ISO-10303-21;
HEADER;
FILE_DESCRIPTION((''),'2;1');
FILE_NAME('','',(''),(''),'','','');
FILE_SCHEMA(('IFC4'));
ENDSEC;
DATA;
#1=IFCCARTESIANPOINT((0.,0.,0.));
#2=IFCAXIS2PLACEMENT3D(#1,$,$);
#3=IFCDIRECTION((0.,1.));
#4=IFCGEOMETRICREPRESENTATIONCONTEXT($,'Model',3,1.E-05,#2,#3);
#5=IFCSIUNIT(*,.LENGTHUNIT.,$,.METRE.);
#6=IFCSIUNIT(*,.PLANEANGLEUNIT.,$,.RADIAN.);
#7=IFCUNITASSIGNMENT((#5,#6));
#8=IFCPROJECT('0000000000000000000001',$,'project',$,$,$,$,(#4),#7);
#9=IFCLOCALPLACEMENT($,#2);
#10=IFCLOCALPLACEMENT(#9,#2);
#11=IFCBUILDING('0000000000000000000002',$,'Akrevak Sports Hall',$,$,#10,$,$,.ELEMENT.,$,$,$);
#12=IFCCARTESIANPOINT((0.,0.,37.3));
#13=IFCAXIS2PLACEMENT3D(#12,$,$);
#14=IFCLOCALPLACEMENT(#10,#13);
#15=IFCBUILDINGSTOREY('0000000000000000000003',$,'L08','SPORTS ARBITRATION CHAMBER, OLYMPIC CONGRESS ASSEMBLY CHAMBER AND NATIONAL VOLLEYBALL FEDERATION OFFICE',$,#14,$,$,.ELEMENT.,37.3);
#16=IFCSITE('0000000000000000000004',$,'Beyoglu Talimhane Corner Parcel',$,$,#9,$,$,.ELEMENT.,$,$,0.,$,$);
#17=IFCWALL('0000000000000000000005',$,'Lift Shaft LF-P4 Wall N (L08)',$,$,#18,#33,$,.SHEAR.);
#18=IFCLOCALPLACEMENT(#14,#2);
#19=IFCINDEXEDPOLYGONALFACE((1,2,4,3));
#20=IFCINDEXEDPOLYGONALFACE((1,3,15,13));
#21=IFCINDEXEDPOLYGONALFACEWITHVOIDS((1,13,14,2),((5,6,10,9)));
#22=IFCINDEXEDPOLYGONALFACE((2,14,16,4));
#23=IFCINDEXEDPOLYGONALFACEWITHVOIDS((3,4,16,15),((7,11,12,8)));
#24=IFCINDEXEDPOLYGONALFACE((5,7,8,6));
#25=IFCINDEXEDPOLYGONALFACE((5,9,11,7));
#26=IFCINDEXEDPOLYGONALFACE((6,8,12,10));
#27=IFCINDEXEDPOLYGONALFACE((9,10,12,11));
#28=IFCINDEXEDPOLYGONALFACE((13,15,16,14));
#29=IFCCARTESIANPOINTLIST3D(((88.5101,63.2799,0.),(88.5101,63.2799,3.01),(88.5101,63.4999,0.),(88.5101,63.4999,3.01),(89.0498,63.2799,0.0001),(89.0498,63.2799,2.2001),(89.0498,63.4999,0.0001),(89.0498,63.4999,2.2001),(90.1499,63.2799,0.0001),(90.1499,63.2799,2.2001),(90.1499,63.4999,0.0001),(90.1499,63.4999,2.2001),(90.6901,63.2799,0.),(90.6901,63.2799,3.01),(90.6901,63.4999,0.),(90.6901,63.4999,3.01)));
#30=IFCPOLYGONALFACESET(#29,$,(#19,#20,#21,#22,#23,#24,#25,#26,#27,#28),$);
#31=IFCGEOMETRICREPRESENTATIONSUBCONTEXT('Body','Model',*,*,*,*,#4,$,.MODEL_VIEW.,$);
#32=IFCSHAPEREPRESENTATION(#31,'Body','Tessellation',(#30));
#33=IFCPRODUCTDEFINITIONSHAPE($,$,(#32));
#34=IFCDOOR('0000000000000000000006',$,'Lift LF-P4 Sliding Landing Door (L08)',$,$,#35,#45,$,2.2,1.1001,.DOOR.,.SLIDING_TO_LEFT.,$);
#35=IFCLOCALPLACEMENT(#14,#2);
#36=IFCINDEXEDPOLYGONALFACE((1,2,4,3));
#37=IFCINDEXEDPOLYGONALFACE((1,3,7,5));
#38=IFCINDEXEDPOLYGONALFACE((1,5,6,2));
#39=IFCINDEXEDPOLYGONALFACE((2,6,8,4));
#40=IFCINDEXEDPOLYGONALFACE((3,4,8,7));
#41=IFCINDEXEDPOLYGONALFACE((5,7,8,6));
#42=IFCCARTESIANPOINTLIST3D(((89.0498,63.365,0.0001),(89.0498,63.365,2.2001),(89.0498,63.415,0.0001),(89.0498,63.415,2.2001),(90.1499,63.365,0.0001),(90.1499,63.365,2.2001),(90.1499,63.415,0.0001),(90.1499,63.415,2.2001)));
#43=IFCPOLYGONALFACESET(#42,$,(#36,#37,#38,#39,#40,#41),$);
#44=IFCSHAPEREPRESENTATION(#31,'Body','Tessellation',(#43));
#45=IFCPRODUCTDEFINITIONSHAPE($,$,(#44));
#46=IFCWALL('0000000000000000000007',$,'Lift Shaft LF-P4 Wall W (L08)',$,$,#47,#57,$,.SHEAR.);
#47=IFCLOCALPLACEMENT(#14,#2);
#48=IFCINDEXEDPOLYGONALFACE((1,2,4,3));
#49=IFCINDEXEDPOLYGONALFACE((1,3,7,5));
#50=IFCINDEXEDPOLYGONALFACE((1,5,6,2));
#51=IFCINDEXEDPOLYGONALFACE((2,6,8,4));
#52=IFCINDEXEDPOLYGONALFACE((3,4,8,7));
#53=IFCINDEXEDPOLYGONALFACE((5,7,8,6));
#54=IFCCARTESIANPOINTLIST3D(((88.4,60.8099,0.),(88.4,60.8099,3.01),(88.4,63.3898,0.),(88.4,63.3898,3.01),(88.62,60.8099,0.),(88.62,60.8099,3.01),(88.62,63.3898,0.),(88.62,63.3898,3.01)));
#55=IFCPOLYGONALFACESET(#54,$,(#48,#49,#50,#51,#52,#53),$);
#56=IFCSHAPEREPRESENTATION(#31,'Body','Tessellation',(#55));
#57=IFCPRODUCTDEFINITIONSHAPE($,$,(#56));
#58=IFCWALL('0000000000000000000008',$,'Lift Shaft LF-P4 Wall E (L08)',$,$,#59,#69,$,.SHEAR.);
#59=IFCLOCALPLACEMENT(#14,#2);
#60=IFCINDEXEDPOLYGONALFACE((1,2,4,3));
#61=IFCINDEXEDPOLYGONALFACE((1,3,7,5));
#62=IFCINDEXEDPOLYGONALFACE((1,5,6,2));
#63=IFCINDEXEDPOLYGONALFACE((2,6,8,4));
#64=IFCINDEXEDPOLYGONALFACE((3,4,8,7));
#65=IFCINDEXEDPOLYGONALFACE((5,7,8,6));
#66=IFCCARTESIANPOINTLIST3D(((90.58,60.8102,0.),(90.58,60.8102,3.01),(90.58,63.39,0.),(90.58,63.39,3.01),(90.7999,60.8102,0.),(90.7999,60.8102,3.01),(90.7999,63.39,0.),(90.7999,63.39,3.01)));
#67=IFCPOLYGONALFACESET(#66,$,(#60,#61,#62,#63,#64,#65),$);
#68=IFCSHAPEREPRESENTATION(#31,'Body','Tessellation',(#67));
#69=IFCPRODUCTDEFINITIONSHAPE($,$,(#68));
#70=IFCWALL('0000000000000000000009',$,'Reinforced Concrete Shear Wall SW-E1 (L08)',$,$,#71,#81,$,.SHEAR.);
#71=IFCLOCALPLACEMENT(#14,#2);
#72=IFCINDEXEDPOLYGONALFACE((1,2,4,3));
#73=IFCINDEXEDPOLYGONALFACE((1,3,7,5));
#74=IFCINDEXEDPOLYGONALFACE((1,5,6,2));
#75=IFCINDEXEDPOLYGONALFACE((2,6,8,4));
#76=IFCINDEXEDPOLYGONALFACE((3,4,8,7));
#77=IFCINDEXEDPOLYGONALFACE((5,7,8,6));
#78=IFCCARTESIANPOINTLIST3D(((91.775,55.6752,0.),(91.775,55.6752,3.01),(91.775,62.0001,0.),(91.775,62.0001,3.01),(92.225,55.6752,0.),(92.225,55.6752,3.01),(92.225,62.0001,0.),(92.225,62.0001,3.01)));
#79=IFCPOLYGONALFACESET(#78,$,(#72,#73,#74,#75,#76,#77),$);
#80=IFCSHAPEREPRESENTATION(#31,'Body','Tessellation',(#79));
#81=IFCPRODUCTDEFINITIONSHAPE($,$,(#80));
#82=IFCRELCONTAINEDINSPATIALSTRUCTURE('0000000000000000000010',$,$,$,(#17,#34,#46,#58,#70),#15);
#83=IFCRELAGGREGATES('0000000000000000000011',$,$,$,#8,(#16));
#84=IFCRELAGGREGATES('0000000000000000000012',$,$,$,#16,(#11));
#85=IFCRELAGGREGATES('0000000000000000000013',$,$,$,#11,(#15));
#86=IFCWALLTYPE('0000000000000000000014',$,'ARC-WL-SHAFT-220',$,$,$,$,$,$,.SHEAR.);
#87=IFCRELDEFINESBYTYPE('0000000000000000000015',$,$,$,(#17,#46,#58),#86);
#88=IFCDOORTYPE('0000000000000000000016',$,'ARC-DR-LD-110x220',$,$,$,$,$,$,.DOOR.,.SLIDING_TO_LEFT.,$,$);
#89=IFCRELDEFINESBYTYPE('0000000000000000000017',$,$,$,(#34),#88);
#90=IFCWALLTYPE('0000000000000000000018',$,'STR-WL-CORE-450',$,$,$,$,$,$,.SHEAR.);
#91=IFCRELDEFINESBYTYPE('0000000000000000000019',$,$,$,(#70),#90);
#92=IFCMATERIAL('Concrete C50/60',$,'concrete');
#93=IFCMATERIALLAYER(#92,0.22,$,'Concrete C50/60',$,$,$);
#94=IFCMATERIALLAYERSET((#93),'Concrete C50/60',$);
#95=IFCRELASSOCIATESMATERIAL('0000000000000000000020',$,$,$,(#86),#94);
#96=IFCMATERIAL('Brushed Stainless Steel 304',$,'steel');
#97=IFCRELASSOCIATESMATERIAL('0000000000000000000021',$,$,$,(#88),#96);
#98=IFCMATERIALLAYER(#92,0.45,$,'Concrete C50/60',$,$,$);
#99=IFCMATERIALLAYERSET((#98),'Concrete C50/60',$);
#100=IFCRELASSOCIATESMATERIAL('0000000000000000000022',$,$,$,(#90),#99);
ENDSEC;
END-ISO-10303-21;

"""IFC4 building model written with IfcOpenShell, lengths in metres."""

from ifc_helpers import new_model, si_unit, direction, frame, frame_2d, origin, place, context, subcontext, project, spatial, rectangle, extrude, material, layer, layer_set, type_object, element, fill, save


model = new_model("IFC4")

# Units and contexts
model_context = context("Model", 3, precision=1e-05, world=origin(), true_north=direction((0.0, 1.0)))
body_context = subcontext(model_context, "Body", "Model", "MODEL_VIEW")
ifc_project = project(units=[si_unit("LENGTHUNIT", "METRE"), si_unit("PLANEANGLEUNIT", "RADIAN")], contexts=[model_context])

# Site, building, storey
site_placement = place(None, origin())
site = spatial("IfcSite", under=ifc_project, at=site_placement, Name="Beyoglu Talimhane Corner Parcel", CompositionType="ELEMENT", RefElevation=0.0)
building_placement = place(site_placement, origin())
building = spatial("IfcBuilding", under=site, at=building_placement, Name="Akrevak Sports Hall", CompositionType="ELEMENT")
storey_placement = place(building_placement, frame((0.0, 0.0, 37.3)))
storey = spatial("IfcBuildingStorey", under=building, at=storey_placement, Name="L08", Description="SPORTS ARBITRATION CHAMBER, OLYMPIC CONGRESS ASSEMBLY CHAMBER AND NATIONAL VOLLEYBALL FEDERATION OFFICE", CompositionType="ELEMENT", Elevation=37.3)

# Shared definitions
ifc_material_1 = material(Name="Concrete C50/60", Category="concrete")

# Shared definitions
ifc_layer_1 = layer(ifc_material_1, 0.22, Name="Concrete C50/60")
ifc_layer_set_1 = layer_set([ifc_layer_1], Name="Concrete C50/60")
wall_type_1 = type_object("IfcWallType", Name="ARC-WL-SHAFT-220", PredefinedType="SHEAR", material=ifc_layer_set_1)

# Shared definitions
ifc_material_2 = material(Name="Brushed Stainless Steel 304", Category="steel")
door_type = type_object("IfcDoorType", Name="ARC-DR-LD-110x220", OperationType="SLIDING_TO_LEFT", PredefinedType="DOOR", material=ifc_material_2)

# Wall, opening, door
wall_1_placement = place(storey_placement, frame((90.6899, 63.3899, 0.0), z_axis=(0.0, 0.0, 1.0), x_axis=(-1.0, 0.0, 0.0)))
wall_1 = element("IfcWall", 1, at=wall_1_placement, inside=storey, type_object=wall_type_1, Name="Lift Shaft LF-P4 Wall N (L08)", PredefinedType="SHEAR", context=body_context, shape_type="SweptSolid", body=[
    extrude(rectangle(XDim=2.1799, YDim=0.22, at=frame_2d((1.0898, 0.0))), origin(), (0.0, 0.0, 1.0), 3.01),
])
opening_1_placement = place(wall_1_placement, frame((0.54, 0.0, 0.0)))
opening_1 = element("IfcOpeningElement", 2, at=opening_1_placement, cuts=wall_1, PredefinedType="OPENING", context=body_context, shape_type="SweptSolid", body=[
    extrude(rectangle(XDim=1.1001, YDim=2.2, at=frame_2d((0.55, 1.1001))), frame((0.0, 0.1221, 0.0), z_axis=(0.0, -1.0, 0.0), x_axis=(1.0, 0.0, 0.0)), (0.0, 0.0, 1.0), 0.2439),
])
door_1_placement = place(opening_1_placement, origin())
door_1 = element("IfcDoor", 3, at=door_1_placement, inside=storey, type_object=door_type, Name="Lift LF-P4 Sliding Landing Door (L08)", OperationType="SLIDING_TO_LEFT", OverallHeight=2.2, OverallWidth=1.1001, PredefinedType="DOOR", context=body_context, shape_type="SweptSolid", body=[
    extrude(rectangle(XDim=1.1001, YDim=2.2, at=frame_2d((0.55, 1.1001))), frame((0.0, 0.0249, 0.0), z_axis=(0.0, -1.0, 0.0), x_axis=(1.0, 0.0, 0.0)), (0.0, 0.0, 1.0), 0.05),
])
fill(opening_1, door_1)

# Walls
for number, where, z_axis, x_axis, name in (
    (4, (88.51, 63.3899, 0.0), (0.0, 0.0, 1.0), (0.0, -1.0, 0.0), "Lift Shaft LF-P4 Wall W (L08)"),
    (5, (90.6899, 60.8101, 0.0), (0.0, 0.0, 1.0), (0.0, 1.0, 0.0), "Lift Shaft LF-P4 Wall E (L08)"),
):
    element("IfcWall", number, at=place(storey_placement, frame(where, z_axis=z_axis, x_axis=x_axis)), inside=storey, type_object=wall_type_1, Name=name, PredefinedType="SHEAR", context=body_context, shape_type="SweptSolid", body=[
        extrude(rectangle(XDim=2.5798, YDim=0.22, at=frame_2d((1.29, 0.0))), origin(), (0.0, 0.0, 1.0), 3.01),
    ])
ifc_layer_2 = layer(ifc_material_1, 0.45, Name="Concrete C50/60")
ifc_layer_set_2 = layer_set([ifc_layer_2], Name="Concrete C50/60")
wall_type_2 = type_object("IfcWallType", Name="STR-WL-CORE-450", PredefinedType="SHEAR", material=ifc_layer_set_2)
wall_2_placement = place(storey_placement, frame((92.0, 55.675, 0.0), z_axis=(0.0, 0.0, 1.0), x_axis=(0.0, 1.0, 0.0)))
element("IfcWall", 6, at=wall_2_placement, inside=storey, type_object=wall_type_2, Name="Reinforced Concrete Shear Wall SW-E1 (L08)", PredefinedType="SHEAR", context=body_context, shape_type="SweptSolid", body=[
    extrude(rectangle(XDim=6.325, YDim=0.45, at=frame_2d((3.1626, 0.0))), origin(), (0.0, 0.0, 1.0), 3.01),
])

save(model, "model.ifc")
